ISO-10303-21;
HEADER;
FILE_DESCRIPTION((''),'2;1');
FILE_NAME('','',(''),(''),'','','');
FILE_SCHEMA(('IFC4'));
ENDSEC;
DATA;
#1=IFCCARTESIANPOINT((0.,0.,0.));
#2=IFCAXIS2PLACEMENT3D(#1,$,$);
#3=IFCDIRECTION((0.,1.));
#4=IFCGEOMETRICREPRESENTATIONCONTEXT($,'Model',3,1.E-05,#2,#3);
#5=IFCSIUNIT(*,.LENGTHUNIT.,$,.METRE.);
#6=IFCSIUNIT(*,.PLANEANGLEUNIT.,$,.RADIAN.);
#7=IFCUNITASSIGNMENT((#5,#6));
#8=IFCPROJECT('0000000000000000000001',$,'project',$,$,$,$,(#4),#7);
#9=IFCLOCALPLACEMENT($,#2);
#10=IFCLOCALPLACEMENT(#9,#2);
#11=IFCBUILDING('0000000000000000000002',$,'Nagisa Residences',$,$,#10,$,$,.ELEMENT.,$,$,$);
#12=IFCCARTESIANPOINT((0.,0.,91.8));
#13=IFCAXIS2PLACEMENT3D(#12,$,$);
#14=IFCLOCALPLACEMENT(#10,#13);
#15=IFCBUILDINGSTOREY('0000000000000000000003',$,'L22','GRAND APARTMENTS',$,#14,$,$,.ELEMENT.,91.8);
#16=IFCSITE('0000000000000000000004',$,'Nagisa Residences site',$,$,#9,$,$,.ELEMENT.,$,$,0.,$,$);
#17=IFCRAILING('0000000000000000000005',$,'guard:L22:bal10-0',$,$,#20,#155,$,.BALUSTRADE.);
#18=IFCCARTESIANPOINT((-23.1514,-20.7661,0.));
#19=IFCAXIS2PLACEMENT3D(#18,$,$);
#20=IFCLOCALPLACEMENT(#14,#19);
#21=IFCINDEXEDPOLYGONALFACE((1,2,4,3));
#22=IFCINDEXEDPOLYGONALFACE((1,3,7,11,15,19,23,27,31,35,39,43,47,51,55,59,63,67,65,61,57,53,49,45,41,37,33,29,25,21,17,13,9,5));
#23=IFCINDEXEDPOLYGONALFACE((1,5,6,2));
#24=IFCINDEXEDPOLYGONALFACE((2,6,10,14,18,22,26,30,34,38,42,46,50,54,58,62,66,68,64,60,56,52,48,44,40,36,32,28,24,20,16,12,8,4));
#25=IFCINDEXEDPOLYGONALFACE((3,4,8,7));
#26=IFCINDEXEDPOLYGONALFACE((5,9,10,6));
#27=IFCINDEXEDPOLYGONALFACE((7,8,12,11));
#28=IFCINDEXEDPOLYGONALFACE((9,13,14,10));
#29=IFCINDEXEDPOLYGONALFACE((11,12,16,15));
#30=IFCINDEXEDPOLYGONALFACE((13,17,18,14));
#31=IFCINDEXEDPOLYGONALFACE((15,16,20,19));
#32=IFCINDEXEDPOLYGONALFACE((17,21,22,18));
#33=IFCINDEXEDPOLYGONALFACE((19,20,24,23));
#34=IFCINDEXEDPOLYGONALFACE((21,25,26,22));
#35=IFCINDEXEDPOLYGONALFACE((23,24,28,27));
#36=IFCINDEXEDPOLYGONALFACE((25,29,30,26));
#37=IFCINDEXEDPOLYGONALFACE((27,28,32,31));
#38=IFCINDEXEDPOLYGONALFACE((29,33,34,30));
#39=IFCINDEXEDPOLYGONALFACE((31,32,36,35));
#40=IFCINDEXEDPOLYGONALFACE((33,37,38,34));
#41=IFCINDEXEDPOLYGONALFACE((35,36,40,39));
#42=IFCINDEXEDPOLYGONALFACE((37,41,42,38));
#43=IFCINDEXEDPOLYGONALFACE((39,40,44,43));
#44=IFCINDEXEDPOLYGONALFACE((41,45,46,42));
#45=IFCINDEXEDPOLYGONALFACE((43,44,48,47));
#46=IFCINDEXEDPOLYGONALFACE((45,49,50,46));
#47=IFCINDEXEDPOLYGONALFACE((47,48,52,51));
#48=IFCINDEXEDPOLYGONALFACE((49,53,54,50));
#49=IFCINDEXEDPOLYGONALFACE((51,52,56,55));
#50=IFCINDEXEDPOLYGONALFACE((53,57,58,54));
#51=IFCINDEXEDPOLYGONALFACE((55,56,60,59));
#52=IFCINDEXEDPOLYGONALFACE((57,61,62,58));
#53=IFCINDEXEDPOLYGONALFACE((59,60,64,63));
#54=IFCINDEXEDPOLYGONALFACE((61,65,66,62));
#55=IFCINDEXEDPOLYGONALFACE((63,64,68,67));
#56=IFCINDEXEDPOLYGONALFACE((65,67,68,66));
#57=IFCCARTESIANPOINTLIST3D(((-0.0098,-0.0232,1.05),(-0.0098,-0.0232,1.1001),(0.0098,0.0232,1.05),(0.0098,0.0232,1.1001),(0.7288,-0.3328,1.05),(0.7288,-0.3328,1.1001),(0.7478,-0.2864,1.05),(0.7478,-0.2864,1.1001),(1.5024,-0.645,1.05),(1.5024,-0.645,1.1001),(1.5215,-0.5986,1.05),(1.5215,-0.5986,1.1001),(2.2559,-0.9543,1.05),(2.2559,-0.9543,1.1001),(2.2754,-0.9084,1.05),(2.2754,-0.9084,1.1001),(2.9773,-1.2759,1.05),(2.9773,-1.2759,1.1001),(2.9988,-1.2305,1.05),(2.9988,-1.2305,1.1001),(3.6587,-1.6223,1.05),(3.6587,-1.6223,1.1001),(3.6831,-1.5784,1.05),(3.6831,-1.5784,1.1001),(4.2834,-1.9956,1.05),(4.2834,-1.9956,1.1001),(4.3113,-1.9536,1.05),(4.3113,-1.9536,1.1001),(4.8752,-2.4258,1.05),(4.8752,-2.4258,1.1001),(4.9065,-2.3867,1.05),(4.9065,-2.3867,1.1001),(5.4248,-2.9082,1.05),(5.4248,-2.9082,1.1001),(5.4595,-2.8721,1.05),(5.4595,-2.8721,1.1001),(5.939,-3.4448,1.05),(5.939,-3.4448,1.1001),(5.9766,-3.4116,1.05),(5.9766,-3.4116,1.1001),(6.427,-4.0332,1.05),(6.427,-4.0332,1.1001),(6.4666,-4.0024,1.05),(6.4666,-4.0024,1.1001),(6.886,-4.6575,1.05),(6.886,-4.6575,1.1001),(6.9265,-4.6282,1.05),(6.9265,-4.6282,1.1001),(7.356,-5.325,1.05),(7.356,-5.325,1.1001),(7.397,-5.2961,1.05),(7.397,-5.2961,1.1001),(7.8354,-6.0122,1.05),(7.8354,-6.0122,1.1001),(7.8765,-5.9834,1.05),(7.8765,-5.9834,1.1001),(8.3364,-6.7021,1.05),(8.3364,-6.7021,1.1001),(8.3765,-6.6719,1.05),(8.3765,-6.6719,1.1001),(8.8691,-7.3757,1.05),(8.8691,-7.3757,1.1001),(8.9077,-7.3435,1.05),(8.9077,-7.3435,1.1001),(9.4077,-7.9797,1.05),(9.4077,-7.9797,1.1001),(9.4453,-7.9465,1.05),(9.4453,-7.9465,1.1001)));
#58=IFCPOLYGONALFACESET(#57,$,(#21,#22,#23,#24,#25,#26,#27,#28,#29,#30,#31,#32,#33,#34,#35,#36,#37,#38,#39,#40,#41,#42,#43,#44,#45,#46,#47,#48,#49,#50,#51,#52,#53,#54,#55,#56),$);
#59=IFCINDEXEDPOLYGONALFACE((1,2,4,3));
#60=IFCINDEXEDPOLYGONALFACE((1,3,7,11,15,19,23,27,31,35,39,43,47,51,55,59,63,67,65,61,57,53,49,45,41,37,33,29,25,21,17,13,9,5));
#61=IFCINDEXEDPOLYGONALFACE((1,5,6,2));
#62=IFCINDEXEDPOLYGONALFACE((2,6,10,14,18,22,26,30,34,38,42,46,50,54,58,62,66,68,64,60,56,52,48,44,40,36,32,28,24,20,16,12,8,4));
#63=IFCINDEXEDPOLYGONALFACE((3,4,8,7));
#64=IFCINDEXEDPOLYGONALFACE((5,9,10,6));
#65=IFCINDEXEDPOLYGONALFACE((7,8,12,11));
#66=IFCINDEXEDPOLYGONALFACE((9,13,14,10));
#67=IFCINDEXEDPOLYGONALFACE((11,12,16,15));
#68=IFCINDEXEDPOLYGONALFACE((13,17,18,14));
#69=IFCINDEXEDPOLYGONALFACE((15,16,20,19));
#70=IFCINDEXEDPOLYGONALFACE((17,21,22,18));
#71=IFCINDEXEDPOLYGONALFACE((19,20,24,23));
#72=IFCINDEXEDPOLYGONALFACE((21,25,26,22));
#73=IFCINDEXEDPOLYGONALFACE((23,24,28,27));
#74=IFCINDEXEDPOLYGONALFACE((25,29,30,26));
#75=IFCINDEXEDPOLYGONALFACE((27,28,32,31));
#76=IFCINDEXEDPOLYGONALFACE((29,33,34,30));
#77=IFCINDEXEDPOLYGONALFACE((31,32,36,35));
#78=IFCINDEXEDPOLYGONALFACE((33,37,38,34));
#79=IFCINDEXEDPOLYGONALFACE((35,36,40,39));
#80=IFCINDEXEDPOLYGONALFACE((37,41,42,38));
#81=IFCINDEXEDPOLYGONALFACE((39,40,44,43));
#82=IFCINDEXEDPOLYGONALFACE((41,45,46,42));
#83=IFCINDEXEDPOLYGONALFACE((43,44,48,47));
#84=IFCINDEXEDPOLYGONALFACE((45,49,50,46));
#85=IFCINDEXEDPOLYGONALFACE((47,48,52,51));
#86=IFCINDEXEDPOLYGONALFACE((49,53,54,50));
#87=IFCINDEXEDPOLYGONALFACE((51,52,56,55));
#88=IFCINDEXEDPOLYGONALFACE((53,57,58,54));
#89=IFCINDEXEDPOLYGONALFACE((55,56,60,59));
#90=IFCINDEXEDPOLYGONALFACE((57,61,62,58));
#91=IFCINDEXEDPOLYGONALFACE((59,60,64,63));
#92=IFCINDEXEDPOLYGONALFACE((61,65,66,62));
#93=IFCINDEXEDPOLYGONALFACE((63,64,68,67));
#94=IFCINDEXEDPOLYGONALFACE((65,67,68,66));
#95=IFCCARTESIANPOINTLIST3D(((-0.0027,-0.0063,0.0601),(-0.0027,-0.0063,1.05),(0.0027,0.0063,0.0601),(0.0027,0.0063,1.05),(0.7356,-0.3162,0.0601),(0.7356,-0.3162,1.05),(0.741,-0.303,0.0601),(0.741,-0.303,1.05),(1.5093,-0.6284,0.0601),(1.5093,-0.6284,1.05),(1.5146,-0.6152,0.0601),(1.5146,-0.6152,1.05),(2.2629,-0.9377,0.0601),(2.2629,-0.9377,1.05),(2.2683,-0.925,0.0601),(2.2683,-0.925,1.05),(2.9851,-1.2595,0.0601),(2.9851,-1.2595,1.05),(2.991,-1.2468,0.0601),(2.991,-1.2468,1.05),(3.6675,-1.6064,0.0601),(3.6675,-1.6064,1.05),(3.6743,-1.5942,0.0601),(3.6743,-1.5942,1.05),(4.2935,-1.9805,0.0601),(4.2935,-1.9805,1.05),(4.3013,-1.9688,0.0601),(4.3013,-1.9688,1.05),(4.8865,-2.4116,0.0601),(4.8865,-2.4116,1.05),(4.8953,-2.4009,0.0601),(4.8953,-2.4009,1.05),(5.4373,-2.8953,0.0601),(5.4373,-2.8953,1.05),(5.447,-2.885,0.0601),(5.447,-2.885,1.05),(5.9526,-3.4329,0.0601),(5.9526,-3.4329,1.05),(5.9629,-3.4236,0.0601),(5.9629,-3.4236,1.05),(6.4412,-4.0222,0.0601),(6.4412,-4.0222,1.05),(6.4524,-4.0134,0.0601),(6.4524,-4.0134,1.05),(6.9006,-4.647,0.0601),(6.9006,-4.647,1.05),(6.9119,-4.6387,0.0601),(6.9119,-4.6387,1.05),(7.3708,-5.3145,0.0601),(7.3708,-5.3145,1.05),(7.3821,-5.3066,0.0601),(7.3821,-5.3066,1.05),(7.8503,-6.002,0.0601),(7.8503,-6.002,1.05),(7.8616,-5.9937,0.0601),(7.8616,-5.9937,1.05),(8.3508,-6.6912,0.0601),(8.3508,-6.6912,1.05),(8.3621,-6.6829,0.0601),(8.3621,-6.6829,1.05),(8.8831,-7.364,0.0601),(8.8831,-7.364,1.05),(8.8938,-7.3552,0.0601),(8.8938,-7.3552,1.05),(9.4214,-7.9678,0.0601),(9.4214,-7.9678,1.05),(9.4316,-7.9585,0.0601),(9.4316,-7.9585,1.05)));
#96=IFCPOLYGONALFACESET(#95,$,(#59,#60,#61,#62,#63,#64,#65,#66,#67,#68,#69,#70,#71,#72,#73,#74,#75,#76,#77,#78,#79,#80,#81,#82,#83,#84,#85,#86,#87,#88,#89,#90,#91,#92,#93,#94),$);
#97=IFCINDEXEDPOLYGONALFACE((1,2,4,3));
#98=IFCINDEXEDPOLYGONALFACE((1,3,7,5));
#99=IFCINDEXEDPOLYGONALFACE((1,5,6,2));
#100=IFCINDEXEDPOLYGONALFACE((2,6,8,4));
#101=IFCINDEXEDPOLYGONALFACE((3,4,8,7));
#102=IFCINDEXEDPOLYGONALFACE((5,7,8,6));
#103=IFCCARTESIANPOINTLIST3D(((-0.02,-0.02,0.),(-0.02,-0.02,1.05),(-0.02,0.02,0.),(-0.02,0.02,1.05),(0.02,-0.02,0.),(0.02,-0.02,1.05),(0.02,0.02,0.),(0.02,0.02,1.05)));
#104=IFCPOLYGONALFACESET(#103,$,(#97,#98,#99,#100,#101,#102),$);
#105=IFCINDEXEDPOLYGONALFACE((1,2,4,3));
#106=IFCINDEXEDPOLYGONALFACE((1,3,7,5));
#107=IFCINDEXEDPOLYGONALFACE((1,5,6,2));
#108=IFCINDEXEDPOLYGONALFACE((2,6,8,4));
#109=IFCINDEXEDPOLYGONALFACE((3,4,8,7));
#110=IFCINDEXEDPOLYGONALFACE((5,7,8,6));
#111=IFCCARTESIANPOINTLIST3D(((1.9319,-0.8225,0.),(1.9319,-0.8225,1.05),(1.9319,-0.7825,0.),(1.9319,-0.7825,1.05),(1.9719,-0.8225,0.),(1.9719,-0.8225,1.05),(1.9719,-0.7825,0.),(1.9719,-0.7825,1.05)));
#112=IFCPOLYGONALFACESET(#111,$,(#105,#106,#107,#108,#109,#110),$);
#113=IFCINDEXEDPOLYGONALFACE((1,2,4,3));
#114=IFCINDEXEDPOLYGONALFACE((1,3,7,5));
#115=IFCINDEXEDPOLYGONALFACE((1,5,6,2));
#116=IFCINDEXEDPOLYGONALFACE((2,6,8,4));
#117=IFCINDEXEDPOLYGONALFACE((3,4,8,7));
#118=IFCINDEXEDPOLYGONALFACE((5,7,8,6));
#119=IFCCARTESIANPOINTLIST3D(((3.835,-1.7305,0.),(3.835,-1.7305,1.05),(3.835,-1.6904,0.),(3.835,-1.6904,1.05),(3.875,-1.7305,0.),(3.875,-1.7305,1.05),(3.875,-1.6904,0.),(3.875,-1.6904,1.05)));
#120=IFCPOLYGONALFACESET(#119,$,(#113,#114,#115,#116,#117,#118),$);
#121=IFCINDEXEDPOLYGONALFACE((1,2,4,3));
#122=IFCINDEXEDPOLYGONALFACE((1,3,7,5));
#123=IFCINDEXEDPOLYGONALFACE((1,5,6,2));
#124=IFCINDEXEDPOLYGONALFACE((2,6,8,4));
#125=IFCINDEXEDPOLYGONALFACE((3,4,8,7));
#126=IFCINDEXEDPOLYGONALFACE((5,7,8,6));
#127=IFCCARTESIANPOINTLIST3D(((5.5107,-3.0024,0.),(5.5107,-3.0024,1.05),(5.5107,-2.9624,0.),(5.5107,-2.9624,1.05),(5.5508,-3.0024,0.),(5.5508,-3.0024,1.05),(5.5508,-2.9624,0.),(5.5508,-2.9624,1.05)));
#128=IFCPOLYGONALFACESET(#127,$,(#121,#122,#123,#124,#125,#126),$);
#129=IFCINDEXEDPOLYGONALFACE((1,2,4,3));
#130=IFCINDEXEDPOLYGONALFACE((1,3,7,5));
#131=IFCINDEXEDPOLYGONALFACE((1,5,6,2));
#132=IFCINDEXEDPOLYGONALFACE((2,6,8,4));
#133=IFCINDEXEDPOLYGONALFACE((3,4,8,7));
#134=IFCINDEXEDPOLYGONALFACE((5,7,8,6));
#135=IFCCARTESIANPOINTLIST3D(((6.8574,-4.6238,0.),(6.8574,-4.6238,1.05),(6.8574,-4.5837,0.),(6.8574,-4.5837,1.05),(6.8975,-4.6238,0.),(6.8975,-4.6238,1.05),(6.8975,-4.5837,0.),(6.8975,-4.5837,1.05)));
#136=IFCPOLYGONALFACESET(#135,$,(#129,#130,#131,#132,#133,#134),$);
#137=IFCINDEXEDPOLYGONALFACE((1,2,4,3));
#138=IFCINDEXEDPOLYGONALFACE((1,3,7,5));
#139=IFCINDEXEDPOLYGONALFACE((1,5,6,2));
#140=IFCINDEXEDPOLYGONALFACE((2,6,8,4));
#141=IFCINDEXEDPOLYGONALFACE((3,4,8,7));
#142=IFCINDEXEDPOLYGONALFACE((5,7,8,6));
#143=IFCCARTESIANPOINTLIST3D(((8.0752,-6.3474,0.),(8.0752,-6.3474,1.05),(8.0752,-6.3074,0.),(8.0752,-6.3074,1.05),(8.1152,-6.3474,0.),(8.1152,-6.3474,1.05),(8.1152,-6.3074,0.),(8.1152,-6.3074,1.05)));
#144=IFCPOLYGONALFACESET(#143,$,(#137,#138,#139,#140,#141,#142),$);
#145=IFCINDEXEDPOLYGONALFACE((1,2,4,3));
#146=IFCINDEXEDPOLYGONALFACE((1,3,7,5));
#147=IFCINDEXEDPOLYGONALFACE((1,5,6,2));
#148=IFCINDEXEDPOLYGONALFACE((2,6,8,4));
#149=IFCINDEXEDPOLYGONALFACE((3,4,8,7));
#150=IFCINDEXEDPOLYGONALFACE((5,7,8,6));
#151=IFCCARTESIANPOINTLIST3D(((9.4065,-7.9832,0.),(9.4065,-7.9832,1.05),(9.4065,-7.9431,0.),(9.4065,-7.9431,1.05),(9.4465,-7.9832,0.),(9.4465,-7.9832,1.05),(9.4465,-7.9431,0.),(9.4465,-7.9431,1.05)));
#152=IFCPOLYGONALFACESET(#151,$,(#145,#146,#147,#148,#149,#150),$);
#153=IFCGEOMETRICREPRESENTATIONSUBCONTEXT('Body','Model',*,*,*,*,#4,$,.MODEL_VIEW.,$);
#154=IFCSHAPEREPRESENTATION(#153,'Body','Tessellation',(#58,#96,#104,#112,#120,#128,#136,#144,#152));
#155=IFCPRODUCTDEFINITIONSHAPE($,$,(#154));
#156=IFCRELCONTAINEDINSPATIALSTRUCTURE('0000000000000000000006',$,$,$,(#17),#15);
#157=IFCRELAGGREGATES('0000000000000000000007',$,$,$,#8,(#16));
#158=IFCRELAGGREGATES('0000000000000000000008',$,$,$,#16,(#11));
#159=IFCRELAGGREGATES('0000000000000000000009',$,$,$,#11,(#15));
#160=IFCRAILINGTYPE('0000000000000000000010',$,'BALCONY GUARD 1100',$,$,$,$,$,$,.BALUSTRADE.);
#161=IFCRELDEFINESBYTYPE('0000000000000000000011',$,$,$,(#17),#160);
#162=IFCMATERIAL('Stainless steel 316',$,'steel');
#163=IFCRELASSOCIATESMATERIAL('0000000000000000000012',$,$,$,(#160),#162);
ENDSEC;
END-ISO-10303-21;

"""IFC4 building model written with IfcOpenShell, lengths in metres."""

from ifc_helpers import new_model, si_unit, direction, frame, origin, origin_2d, place, context, subcontext, project, spatial, polyline, rectangle, outline, extrude, material, type_object, element, save


model = new_model("IFC4")

# Units and contexts
model_context = context("Model", 3, precision=1e-05, world=origin(), true_north=direction((0.0, 1.0)))
body_context = subcontext(model_context, "Body", "Model", "MODEL_VIEW")
ifc_project = project(units=[si_unit("LENGTHUNIT", "METRE"), si_unit("PLANEANGLEUNIT", "RADIAN")], contexts=[model_context])

# Site, building, storey
site_placement = place(None, origin())
site = spatial("IfcSite", under=ifc_project, at=site_placement, Name="Nagisa Residences site", CompositionType="ELEMENT", RefElevation=0.0)
building_placement = place(site_placement, origin())
building = spatial("IfcBuilding", under=site, at=building_placement, Name="Nagisa Residences", CompositionType="ELEMENT")
storey_placement = place(building_placement, frame((0.0, 0.0, 91.8)))
storey = spatial("IfcBuildingStorey", under=building, at=storey_placement, Name="L22", Description="GRAND APARTMENTS", CompositionType="ELEMENT", Elevation=91.8)

# Railing
ifc_material_1 = material(Name="Stainless steel 316", Category="steel")
railing_type = type_object("IfcRailingType", Name="BALCONY GUARD 1100", PredefinedType="BALUSTRADE", material=ifc_material_1)
railing_1_placement = place(storey_placement, frame((-23.1514, -20.7661, 0.0)))
element("IfcRailing", 1, at=railing_1_placement, inside=storey, type_object=railing_type, Name="guard:L22:bal10-0", PredefinedType="BALUSTRADE", context=body_context, shape_type="SweptSolid", body=[
    extrude(outline(polyline([(0.7478, -0.2864), (0.0098, 0.0232), (-0.0098, -0.0232), (0.7288, -0.3328), (1.5024, -0.645), (2.2559, -0.9543), (2.9773, -1.2759), (3.6587, -1.6223), (4.2834, -1.9956), (4.8752, -2.4258), (5.4248, -2.9082), (5.939, -3.4448), (6.427, -4.0332), (6.886, -4.6575), (7.356, -5.325), (7.8354, -6.0122), (8.3364, -6.7021), (8.8691, -7.3757), (9.4077, -7.9797), (9.4453, -7.9465), (8.9077, -7.3435), (8.3765, -6.6719), (7.8765, -5.9834), (7.397, -5.2961), (6.9265, -4.6282), (6.4666, -4.0024), (5.9766, -3.4116), (5.4595, -2.8721), (4.9065, -2.3867), (4.3113, -1.9536), (3.6831, -1.5784), (2.9988, -1.2305), (2.2754, -0.9084), (1.5215, -0.5986), (0.7478, -0.2864)])), frame((0.0, 0.0, 1.05)), (0.0, 0.0, 1.0), 0.05),
    extrude(outline(polyline([(0.741, -0.303), (0.0027, 0.0063), (-0.0027, -0.0063), (0.7356, -0.3162), (1.5093, -0.6284), (2.2629, -0.9377), (2.9851, -1.2595), (3.6675, -1.6064), (4.2935, -1.9805), (4.8865, -2.4116), (5.4373, -2.8953), (5.9526, -3.4329), (6.4412, -4.0222), (6.9006, -4.647), (7.3708, -5.3145), (7.8503, -6.002), (8.3508, -6.6912), (8.8831, -7.364), (9.4214, -7.9678), (9.4316, -7.9585), (8.8938, -7.3552), (8.3621, -6.6829), (7.8616, -5.9937), (7.3821, -5.3066), (6.9119, -4.6387), (6.4524, -4.0134), (5.9629, -3.4236), (5.447, -2.885), (4.8953, -2.4009), (4.3013, -1.9688), (3.6743, -1.5942), (2.991, -1.2468), (2.2683, -0.925), (1.5146, -0.6152), (0.741, -0.303)])), frame((0.0, 0.0, 0.0601)), (0.0, 0.0, 1.0), 0.99),
    extrude(rectangle(XDim=0.04, YDim=0.04, at=origin_2d()), origin(), (0.0, 0.0, 1.0), 1.05),
    extrude(rectangle(XDim=0.04, YDim=0.04, at=origin_2d()), frame((1.9519, -0.8025, 0.0)), (0.0, 0.0, 1.0), 1.05),
    extrude(rectangle(XDim=0.04, YDim=0.04, at=origin_2d()), frame((3.855, -1.7104, 0.0)), (0.0, 0.0, 1.0), 1.05),
    extrude(rectangle(XDim=0.04, YDim=0.04, at=origin_2d()), frame((5.5308, -2.9824, 0.0)), (0.0, 0.0, 1.0), 1.05),
    extrude(rectangle(XDim=0.04, YDim=0.04, at=origin_2d()), frame((6.8774, -4.6038, 0.0)), (0.0, 0.0, 1.0), 1.05),
    extrude(rectangle(XDim=0.04, YDim=0.04, at=origin_2d()), frame((8.0952, -6.3274, 0.0)), (0.0, 0.0, 1.0), 1.05),
    extrude(rectangle(XDim=0.04, YDim=0.04, at=origin_2d()), frame((9.4265, -7.9631, 0.0)), (0.0, 0.0, 1.0), 1.05),
])

save(model, "model.ifc")
